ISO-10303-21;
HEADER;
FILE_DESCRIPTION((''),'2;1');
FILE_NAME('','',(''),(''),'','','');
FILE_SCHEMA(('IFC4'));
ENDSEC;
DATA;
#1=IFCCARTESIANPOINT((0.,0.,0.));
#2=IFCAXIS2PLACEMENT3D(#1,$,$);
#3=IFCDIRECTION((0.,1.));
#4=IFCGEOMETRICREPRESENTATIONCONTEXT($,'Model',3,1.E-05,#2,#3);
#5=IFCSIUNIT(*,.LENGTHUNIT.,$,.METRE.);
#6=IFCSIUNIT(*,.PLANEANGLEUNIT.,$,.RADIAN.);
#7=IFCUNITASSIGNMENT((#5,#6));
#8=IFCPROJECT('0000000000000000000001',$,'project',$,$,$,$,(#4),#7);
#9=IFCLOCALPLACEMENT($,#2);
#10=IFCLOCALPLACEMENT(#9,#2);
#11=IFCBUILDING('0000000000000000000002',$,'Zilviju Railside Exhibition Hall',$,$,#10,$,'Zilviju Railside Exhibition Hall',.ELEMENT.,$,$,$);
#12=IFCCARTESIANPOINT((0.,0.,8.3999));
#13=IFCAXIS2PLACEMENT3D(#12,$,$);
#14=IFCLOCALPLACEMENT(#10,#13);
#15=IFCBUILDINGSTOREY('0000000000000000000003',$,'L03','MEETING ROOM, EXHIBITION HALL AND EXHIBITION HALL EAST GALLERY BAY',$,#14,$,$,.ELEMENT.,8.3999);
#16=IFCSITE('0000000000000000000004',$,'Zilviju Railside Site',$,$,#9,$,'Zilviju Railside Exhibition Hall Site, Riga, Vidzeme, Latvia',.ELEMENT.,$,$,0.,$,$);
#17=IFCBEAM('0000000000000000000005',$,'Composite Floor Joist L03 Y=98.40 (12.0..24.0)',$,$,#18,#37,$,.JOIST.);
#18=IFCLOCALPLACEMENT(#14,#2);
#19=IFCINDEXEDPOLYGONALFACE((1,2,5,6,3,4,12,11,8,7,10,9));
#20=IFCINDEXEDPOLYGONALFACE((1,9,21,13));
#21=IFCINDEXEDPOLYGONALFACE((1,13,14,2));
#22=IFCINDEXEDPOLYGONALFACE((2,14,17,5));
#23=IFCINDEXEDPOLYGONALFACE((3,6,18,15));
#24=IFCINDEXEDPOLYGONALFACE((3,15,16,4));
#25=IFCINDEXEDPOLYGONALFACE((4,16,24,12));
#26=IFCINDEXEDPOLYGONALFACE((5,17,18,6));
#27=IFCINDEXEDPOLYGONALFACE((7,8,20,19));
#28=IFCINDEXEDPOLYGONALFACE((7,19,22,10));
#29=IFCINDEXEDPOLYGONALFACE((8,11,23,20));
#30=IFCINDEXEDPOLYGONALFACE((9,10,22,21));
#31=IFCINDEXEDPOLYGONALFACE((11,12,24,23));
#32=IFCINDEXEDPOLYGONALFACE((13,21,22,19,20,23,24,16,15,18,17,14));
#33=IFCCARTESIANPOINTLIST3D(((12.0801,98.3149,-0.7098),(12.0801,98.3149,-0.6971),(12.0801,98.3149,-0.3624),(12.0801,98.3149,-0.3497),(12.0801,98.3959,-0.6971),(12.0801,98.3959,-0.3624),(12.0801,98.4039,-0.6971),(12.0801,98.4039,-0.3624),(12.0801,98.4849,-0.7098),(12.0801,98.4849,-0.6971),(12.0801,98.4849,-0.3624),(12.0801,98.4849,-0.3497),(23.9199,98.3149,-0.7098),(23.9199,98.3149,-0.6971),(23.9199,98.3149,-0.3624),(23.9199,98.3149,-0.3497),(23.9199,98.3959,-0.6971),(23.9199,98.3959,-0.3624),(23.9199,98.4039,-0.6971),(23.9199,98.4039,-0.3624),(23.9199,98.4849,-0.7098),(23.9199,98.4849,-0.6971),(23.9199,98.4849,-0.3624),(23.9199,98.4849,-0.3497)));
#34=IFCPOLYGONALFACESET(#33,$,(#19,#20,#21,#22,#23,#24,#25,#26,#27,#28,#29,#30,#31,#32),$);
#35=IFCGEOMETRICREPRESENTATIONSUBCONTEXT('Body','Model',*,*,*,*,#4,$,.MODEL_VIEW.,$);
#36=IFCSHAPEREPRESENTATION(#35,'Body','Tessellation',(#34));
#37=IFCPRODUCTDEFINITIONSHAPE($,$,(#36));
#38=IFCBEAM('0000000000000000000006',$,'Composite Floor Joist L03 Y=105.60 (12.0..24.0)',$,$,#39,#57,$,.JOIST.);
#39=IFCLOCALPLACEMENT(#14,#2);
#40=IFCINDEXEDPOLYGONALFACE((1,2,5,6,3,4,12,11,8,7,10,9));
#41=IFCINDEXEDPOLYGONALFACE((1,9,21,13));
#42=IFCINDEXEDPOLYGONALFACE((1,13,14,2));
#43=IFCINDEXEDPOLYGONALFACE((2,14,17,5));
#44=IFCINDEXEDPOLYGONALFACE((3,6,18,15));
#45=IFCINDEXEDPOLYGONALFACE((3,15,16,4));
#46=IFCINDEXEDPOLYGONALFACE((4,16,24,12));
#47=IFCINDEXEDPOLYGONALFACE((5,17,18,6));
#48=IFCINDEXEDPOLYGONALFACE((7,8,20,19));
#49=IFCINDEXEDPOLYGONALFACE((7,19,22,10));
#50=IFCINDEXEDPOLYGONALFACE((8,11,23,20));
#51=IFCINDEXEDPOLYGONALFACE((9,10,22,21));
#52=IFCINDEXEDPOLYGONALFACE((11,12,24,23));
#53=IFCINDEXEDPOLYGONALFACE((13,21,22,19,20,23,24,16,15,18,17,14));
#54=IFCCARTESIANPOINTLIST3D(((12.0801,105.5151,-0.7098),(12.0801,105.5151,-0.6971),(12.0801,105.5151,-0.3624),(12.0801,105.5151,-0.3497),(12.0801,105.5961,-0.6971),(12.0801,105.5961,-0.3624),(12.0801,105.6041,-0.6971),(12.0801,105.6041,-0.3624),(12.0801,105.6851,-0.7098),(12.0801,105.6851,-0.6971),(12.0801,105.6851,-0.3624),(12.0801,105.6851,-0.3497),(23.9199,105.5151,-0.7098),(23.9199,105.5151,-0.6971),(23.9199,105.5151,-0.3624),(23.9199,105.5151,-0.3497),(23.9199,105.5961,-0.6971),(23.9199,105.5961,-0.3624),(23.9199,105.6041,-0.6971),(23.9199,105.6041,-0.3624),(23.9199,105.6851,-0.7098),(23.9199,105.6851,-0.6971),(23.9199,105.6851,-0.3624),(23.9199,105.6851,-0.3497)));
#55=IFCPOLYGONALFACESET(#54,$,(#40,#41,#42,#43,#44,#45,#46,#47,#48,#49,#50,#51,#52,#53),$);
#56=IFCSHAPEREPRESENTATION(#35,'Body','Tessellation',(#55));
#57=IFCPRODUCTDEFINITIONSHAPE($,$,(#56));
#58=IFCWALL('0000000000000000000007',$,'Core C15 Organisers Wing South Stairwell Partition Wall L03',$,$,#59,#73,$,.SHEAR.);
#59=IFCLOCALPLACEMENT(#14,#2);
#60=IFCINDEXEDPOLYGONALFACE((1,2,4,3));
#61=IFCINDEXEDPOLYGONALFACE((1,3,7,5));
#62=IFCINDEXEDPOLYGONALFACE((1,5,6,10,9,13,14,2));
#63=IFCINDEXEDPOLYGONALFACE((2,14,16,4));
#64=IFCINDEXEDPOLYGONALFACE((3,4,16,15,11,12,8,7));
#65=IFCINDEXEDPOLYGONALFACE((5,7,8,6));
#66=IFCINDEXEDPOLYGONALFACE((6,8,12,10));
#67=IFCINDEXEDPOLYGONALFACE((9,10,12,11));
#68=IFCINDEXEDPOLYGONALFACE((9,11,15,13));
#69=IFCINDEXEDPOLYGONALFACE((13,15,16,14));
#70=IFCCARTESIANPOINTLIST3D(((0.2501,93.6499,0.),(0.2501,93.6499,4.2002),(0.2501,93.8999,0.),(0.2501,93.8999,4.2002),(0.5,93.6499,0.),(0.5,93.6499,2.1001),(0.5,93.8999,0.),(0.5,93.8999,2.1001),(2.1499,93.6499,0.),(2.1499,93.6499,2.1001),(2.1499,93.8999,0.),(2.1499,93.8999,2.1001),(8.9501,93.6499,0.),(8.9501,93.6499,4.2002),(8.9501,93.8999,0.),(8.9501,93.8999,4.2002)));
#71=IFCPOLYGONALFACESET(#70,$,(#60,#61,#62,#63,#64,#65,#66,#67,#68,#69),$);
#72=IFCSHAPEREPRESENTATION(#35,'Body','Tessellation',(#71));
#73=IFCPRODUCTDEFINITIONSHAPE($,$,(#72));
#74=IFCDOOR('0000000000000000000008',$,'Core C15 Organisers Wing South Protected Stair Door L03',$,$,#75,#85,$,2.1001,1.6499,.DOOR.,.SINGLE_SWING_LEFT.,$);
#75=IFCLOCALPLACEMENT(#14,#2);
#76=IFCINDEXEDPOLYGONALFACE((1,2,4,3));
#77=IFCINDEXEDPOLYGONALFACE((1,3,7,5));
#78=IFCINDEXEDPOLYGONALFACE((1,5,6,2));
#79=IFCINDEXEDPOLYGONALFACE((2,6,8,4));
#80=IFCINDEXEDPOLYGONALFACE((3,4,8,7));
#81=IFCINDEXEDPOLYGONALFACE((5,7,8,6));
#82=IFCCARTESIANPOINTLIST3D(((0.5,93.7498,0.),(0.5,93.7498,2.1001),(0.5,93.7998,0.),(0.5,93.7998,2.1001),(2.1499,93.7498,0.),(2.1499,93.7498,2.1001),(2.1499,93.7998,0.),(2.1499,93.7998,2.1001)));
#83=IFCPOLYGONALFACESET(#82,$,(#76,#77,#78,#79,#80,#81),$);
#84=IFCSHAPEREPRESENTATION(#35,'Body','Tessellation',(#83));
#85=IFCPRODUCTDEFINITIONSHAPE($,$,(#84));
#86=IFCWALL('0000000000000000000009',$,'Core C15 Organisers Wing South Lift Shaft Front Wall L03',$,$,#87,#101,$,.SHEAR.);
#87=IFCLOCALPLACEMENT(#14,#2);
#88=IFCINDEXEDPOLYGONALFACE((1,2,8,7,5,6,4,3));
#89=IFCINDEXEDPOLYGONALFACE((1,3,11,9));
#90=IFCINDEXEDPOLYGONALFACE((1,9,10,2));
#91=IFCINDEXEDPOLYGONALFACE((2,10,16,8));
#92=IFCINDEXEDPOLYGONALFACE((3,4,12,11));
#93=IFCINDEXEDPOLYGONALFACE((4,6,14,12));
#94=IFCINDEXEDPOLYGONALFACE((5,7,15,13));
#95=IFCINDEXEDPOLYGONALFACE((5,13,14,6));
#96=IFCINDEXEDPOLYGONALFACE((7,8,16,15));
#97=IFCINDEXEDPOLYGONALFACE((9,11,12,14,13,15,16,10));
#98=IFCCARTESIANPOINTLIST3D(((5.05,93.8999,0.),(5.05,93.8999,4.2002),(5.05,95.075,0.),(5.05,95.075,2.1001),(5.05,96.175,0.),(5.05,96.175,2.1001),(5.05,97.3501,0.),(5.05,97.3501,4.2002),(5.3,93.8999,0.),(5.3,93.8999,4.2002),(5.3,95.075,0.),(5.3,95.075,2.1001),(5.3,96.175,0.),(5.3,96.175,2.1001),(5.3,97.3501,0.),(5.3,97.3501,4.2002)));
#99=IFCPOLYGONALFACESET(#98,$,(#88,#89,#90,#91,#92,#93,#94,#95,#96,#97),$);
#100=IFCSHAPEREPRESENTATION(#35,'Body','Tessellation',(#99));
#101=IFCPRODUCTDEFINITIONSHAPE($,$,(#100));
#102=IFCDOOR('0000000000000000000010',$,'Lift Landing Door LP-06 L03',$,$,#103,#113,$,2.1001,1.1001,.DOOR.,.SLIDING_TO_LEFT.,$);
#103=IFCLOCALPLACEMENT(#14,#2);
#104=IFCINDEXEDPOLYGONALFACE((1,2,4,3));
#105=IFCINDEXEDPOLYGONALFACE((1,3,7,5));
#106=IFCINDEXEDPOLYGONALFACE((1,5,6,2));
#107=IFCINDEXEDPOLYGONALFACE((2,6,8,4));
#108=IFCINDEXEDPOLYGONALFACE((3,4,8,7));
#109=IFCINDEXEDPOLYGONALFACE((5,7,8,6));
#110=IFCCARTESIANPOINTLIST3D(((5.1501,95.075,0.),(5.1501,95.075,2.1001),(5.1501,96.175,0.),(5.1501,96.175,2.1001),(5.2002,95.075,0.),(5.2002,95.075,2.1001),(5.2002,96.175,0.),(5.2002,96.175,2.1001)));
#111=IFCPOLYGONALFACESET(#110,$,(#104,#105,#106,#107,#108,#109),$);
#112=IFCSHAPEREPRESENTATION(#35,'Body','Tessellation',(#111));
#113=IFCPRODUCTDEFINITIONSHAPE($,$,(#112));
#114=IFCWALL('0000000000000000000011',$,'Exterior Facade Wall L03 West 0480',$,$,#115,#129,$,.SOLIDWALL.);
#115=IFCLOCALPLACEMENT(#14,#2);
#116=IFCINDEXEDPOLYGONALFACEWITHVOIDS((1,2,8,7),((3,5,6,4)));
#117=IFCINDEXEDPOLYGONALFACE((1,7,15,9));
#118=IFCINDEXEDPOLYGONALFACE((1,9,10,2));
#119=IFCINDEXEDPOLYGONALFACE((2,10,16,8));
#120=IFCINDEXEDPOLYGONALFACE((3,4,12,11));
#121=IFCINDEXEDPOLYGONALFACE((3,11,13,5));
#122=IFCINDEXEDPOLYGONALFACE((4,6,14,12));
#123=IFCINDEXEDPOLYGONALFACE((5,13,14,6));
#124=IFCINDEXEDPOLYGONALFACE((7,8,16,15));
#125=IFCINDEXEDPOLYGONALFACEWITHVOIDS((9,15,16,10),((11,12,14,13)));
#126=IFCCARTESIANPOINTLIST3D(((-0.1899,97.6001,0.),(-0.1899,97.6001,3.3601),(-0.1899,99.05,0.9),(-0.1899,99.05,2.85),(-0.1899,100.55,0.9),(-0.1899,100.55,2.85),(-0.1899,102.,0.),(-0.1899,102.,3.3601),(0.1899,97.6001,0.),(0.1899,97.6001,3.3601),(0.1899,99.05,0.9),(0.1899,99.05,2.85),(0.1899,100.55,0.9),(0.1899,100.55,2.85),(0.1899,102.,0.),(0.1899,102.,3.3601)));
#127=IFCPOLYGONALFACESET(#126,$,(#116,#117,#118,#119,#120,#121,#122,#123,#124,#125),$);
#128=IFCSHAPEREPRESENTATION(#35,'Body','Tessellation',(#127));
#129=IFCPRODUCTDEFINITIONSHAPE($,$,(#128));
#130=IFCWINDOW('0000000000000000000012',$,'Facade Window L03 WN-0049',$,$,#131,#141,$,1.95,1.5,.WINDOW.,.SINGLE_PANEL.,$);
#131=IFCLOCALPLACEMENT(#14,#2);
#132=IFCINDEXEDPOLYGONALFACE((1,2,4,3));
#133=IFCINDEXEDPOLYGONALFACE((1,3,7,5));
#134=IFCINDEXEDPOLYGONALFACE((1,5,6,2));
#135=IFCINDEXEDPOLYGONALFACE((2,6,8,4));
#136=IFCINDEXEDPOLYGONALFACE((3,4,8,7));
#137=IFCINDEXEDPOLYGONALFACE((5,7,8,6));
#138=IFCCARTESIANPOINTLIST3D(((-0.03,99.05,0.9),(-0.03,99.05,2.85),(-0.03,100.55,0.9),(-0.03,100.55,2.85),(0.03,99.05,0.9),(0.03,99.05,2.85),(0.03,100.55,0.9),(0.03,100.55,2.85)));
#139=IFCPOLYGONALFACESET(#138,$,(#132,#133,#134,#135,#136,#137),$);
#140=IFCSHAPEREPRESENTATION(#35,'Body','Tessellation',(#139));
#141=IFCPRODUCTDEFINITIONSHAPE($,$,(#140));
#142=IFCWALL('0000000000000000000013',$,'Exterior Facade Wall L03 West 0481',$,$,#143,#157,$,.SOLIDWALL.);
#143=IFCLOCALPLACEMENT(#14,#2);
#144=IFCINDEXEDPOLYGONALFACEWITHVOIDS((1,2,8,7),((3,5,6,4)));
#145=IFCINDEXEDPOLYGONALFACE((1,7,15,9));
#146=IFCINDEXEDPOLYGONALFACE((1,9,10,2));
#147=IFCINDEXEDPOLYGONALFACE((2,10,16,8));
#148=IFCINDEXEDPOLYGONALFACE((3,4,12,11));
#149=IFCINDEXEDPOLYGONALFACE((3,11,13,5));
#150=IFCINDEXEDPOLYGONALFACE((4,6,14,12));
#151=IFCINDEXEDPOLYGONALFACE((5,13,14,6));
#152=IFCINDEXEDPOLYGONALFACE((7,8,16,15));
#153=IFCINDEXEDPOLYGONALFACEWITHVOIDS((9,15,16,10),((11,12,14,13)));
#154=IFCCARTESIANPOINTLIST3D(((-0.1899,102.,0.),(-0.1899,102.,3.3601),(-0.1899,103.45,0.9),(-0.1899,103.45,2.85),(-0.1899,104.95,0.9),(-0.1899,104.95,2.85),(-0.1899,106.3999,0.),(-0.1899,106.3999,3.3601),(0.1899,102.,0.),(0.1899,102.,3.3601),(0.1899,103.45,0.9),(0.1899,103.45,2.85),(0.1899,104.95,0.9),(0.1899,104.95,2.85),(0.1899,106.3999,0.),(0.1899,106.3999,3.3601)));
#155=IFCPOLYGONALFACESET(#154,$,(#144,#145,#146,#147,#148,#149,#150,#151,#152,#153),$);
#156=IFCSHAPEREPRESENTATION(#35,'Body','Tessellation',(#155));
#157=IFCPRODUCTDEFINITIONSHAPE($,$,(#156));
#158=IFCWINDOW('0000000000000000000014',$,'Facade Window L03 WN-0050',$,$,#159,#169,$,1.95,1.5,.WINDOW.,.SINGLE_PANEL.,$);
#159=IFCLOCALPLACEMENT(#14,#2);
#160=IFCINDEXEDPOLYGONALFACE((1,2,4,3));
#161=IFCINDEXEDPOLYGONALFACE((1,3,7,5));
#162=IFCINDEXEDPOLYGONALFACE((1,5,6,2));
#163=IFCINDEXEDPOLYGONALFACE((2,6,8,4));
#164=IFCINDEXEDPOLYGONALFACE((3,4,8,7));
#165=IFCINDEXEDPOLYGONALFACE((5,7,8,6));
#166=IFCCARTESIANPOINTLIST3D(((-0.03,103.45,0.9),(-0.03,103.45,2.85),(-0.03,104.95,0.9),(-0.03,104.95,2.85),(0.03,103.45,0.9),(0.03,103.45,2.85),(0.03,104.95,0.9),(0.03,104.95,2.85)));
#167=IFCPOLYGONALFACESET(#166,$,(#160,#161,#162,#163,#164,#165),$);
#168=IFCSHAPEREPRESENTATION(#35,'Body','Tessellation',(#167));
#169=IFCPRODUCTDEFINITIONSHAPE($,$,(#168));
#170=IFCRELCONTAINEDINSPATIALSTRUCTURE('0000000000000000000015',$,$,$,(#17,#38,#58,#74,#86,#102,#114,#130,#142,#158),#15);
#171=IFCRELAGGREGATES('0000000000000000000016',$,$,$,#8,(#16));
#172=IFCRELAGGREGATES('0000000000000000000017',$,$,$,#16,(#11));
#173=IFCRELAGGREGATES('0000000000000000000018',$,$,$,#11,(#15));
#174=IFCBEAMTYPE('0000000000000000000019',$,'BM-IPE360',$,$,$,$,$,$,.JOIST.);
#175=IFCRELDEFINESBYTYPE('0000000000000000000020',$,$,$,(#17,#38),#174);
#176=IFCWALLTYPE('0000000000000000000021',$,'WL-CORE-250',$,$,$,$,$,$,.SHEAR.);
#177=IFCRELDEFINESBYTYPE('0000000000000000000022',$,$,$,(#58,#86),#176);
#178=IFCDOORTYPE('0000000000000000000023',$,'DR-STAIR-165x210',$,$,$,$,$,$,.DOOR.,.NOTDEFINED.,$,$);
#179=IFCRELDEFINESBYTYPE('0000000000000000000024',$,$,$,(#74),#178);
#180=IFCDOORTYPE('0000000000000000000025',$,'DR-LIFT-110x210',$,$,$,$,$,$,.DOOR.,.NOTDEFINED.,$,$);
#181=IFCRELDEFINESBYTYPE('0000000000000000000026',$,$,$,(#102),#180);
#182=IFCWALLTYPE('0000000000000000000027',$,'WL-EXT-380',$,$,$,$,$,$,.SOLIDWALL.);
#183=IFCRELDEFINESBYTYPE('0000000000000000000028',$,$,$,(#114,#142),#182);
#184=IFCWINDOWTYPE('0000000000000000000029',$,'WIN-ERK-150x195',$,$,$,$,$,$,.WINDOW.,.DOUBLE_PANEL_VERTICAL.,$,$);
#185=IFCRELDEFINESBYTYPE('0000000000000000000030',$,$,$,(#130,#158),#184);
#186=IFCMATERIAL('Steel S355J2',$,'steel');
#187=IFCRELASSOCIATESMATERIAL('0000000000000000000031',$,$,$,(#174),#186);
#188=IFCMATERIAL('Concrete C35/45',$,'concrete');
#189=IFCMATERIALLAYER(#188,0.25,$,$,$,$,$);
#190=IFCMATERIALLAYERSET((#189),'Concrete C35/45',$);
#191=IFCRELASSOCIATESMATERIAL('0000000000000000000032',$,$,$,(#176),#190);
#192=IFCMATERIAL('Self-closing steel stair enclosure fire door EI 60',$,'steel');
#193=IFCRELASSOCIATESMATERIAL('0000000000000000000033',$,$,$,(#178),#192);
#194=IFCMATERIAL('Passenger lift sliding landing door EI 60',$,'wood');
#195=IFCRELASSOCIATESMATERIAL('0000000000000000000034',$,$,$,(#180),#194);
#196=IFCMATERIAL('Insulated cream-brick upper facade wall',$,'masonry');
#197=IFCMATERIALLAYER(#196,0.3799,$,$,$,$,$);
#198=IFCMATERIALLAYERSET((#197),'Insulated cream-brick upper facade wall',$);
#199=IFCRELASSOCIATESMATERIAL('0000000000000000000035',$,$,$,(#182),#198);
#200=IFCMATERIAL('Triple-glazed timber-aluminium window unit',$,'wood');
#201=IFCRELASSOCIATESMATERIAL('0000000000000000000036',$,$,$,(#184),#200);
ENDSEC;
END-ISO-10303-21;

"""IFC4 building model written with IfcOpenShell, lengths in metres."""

from ifc_helpers import new_model, si_unit, direction, frame, frame_2d, origin, origin_2d, place, context, subcontext, project, spatial, rectangle, i_section, extrude, material, layer, layer_set, material_profile, profile_set, type_object, element, fill, save


model = new_model("IFC4")

# Units and contexts
model_context = context("Model", 3, precision=1e-05, world=origin(), true_north=direction((0.0, 1.0)))
body_context = subcontext(model_context, "Body", "Model", "MODEL_VIEW")
ifc_project = project(units=[si_unit("LENGTHUNIT", "METRE"), si_unit("PLANEANGLEUNIT", "RADIAN")], contexts=[model_context])

# Site, building, storey
site_placement = place(None, origin())
site = spatial("IfcSite", under=ifc_project, at=site_placement, Name="Zilviju Railside Site", LongName="Zilviju Railside Exhibition Hall Site, Riga, Vidzeme, Latvia", CompositionType="ELEMENT", RefElevation=0.0)
building_placement = place(site_placement, origin())
building = spatial("IfcBuilding", under=site, at=building_placement, Name="Zilviju Railside Exhibition Hall", LongName="Zilviju Railside Exhibition Hall", CompositionType="ELEMENT")
storey_placement = place(building_placement, frame((0.0, 0.0, 8.3999)))
storey = spatial("IfcBuildingStorey", under=building, at=storey_placement, Name="L03", Description="MEETING ROOM, EXHIBITION HALL AND EXHIBITION HALL EAST GALLERY BAY", CompositionType="ELEMENT", Elevation=8.3999)

# Shared definitions
ifc_material_1 = material(Name="Concrete C35/45", Category="concrete")

# Beams
ifc_material_2 = material(Name="Steel S355J2", Category="steel")
ifc_material_profile_1 = material_profile(ifc_material_2, i_section(OverallWidth=0.1699, OverallDepth=0.3601, WebThickness=0.0081, FlangeThickness=0.0127, at=origin_2d()), Name="IPE 360")
ifc_profile_set_1 = profile_set([ifc_material_profile_1], Name="Steel S355J2")
beam_type_1 = type_object("IfcBeamType", Name="BM-IPE360", PredefinedType="JOIST", material=ifc_profile_set_1)
for number, where, z_axis, x_axis, name in (
    (1, (12.0801, 98.3999, -0.5298), (1.0, 0.0, 0.0), (0.0, 1.0, 0.0), "Composite Floor Joist L03 Y=98.40 (12.0..24.0)"),
    (2, (12.0801, 105.6001, -0.5298), (1.0, 0.0, 0.0), (0.0, 1.0, 0.0), "Composite Floor Joist L03 Y=105.60 (12.0..24.0)"),
):
    element("IfcBeam", number, at=place(storey_placement, frame(where, z_axis=z_axis, x_axis=x_axis)), inside=storey, type_object=beam_type_1, Name=name, PredefinedType="JOIST", context=body_context, shape_type="SweptSolid", body=[
        extrude(i_section(OverallWidth=0.1699, OverallDepth=0.3601, WebThickness=0.0081, FlangeThickness=0.0127, at=origin_2d()), origin(), (0.0, 0.0, 1.0), 11.8398),
    ])

# Walls, openings, doors
ifc_layer_1 = layer(ifc_material_1, 0.25)
ifc_layer_set_1 = layer_set([ifc_layer_1], Name="Concrete C35/45")
wall_type_1 = type_object("IfcWallType", Name="WL-CORE-250", PredefinedType="SHEAR", material=ifc_layer_set_1)
wall_1_placement = place(storey_placement, frame((0.25, 93.7749, 0.0), z_axis=(0.0, 0.0, 1.0), x_axis=(1.0, 0.0, 0.0)))
wall_1 = element("IfcWall", 3, at=wall_1_placement, inside=storey, type_object=wall_type_1, Name="Core C15 Organisers Wing South Stairwell Partition Wall L03", PredefinedType="SHEAR", context=body_context, shape_type="SweptSolid", body=[
    extrude(rectangle(XDim=8.7, YDim=0.25, at=frame_2d((4.3501, 0.0))), origin(), (0.0, 0.0, 1.0), 4.2002),
])
opening_1_placement = place(wall_1_placement, frame((0.25, 0.0, 0.0)))
opening_1 = element("IfcOpeningElement", 4, at=opening_1_placement, cuts=wall_1, PredefinedType="OPENING", context=body_context, shape_type="SweptSolid", body=[
    extrude(rectangle(XDim=1.6499, YDim=2.1001, at=frame_2d((0.825, 1.05))), frame((0.0, 0.135, 0.0), z_axis=(0.0, -1.0, 0.0), x_axis=(1.0, 0.0, 0.0)), (0.0, 0.0, 1.0), 0.27),
])
ifc_material_3 = material(Name="Self-closing steel stair enclosure fire door EI 60", Category="steel")
door_type_1 = type_object("IfcDoorType", Name="DR-STAIR-165x210", OperationType="NOTDEFINED", PredefinedType="DOOR", material=ifc_material_3)
door_1_placement = place(opening_1_placement, origin())
door_1 = element("IfcDoor", 5, at=door_1_placement, inside=storey, type_object=door_type_1, Name="Core C15 Organisers Wing South Protected Stair Door L03", OperationType="SINGLE_SWING_LEFT", OverallHeight=2.1001, OverallWidth=1.6499, PredefinedType="DOOR", context=body_context, shape_type="SweptSolid", body=[
    extrude(rectangle(XDim=1.6499, YDim=2.1001, at=frame_2d((0.825, 1.05))), frame((0.0, 0.0249, 0.0), z_axis=(0.0, -1.0, 0.0), x_axis=(1.0, 0.0, 0.0)), (0.0, 0.0, 1.0), 0.05),
])
fill(opening_1, door_1)
wall_2_placement = place(storey_placement, frame((5.175, 93.8999, 0.0), z_axis=(0.0, 0.0, 1.0), x_axis=(0.0, 1.0, 0.0)))
wall_2 = element("IfcWall", 6, at=wall_2_placement, inside=storey, type_object=wall_type_1, Name="Core C15 Organisers Wing South Lift Shaft Front Wall L03", PredefinedType="SHEAR", context=body_context, shape_type="SweptSolid", body=[
    extrude(rectangle(XDim=3.4502, YDim=0.25, at=frame_2d((1.7251, 0.0))), origin(), (0.0, 0.0, 1.0), 4.2002),
])
opening_2_placement = place(wall_2_placement, frame((1.175, 0.0, 0.0)))
opening_2 = element("IfcOpeningElement", 7, at=opening_2_placement, cuts=wall_2, PredefinedType="OPENING", context=body_context, shape_type="SweptSolid", body=[
    extrude(rectangle(XDim=1.1001, YDim=2.1001, at=frame_2d((0.55, 1.05))), frame((0.0, 0.135, 0.0), z_axis=(0.0, -1.0, 0.0), x_axis=(1.0, 0.0, 0.0)), (0.0, 0.0, 1.0), 0.27),
])
ifc_material_4 = material(Name="Passenger lift sliding landing door EI 60", Category="wood")
door_type_2 = type_object("IfcDoorType", Name="DR-LIFT-110x210", OperationType="NOTDEFINED", PredefinedType="DOOR", material=ifc_material_4)
door_2_placement = place(opening_2_placement, origin())
door_2 = element("IfcDoor", 8, at=door_2_placement, inside=storey, type_object=door_type_2, Name="Lift Landing Door LP-06 L03", OperationType="SLIDING_TO_LEFT", OverallHeight=2.1001, OverallWidth=1.1001, PredefinedType="DOOR", context=body_context, shape_type="SweptSolid", body=[
    extrude(rectangle(XDim=1.1001, YDim=2.1001, at=frame_2d((0.55, 1.05))), frame((0.0, 0.0249, 0.0), z_axis=(0.0, -1.0, 0.0), x_axis=(1.0, 0.0, 0.0)), (0.0, 0.0, 1.0), 0.05),
])
fill(opening_2, door_2)

# Walls, openings, windows
ifc_material_5 = material(Name="Insulated cream-brick upper facade wall", Category="masonry")
ifc_layer_2 = layer(ifc_material_5, 0.3799)
ifc_layer_set_2 = layer_set([ifc_layer_2], Name="Insulated cream-brick upper facade wall")
wall_type_2 = type_object("IfcWallType", Name="WL-EXT-380", PredefinedType="SOLIDWALL", material=ifc_layer_set_2)
wall_3_placement = place(storey_placement, frame((0.0, 97.6001, 0.0), z_axis=(0.0, 0.0, 1.0), x_axis=(0.0, 1.0, 0.0)))
wall_3 = element("IfcWall", 9, at=wall_3_placement, inside=storey, type_object=wall_type_2, Name="Exterior Facade Wall L03 West 0480", PredefinedType="SOLIDWALL", context=body_context, shape_type="SweptSolid", body=[
    extrude(rectangle(XDim=4.3999, YDim=0.3799, at=frame_2d((2.2, 0.0))), origin(), (0.0, 0.0, 1.0), 3.3601),
])
opening_3_placement = place(wall_3_placement, frame((1.45, 0.0, 0.8999)))
opening_3 = element("IfcOpeningElement", 10, at=opening_3_placement, cuts=wall_3, PredefinedType="OPENING", context=body_context, shape_type="SweptSolid", body=[
    extrude(rectangle(XDim=1.5, YDim=1.95, at=frame_2d((0.75, 0.9751))), frame((0.0, 0.2, 0.0), z_axis=(0.0, -1.0, 0.0), x_axis=(1.0, 0.0, 0.0)), (0.0, 0.0, 1.0), 0.3999),
])
ifc_material_6 = material(Name="Triple-glazed timber-aluminium window unit", Category="wood")
window_type = type_object("IfcWindowType", Name="WIN-ERK-150x195", PartitioningType="DOUBLE_PANEL_VERTICAL", PredefinedType="WINDOW", material=ifc_material_6)
window_1_placement = place(opening_3_placement, origin())
window_1 = element("IfcWindow", 11, at=window_1_placement, inside=storey, type_object=window_type, Name="Facade Window L03 WN-0049", OverallHeight=1.95, OverallWidth=1.5, PartitioningType="SINGLE_PANEL", PredefinedType="WINDOW", context=body_context, shape_type="SweptSolid", body=[
    extrude(rectangle(XDim=1.5, YDim=1.95, at=frame_2d((0.75, 0.9751))), frame((0.0, 0.03, 0.0), z_axis=(0.0, -1.0, 0.0), x_axis=(1.0, 0.0, 0.0)), (0.0, 0.0, 1.0), 0.0601),
])
fill(opening_3, window_1)
wall_4_placement = place(storey_placement, frame((0.0, 102.0, 0.0), z_axis=(0.0, 0.0, 1.0), x_axis=(0.0, 1.0, 0.0)))
wall_4 = element("IfcWall", 12, at=wall_4_placement, inside=storey, type_object=wall_type_2, Name="Exterior Facade Wall L03 West 0481", PredefinedType="SOLIDWALL", context=body_context, shape_type="SweptSolid", body=[
    extrude(rectangle(XDim=4.3999, YDim=0.3799, at=frame_2d((2.2, 0.0))), origin(), (0.0, 0.0, 1.0), 3.3601),
])
opening_4_placement = place(wall_4_placement, frame((1.45, 0.0, 0.8999)))
opening_4 = element("IfcOpeningElement", 13, at=opening_4_placement, cuts=wall_4, PredefinedType="OPENING", context=body_context, shape_type="SweptSolid", body=[
    extrude(rectangle(XDim=1.5, YDim=1.95, at=frame_2d((0.75, 0.9751))), frame((0.0, 0.2, 0.0), z_axis=(0.0, -1.0, 0.0), x_axis=(1.0, 0.0, 0.0)), (0.0, 0.0, 1.0), 0.3999),
])
window_2_placement = place(opening_4_placement, origin())
window_2 = element("IfcWindow", 14, at=window_2_placement, inside=storey, type_object=window_type, Name="Facade Window L03 WN-0050", OverallHeight=1.95, OverallWidth=1.5, PartitioningType="SINGLE_PANEL", PredefinedType="WINDOW", context=body_context, shape_type="SweptSolid", body=[
    extrude(rectangle(XDim=1.5, YDim=1.95, at=frame_2d((0.75, 0.9751))), frame((0.0, 0.03, 0.0), z_axis=(0.0, -1.0, 0.0), x_axis=(1.0, 0.0, 0.0)), (0.0, 0.0, 1.0), 0.0601),
])
fill(opening_4, window_2)

save(model, "model.ifc")
